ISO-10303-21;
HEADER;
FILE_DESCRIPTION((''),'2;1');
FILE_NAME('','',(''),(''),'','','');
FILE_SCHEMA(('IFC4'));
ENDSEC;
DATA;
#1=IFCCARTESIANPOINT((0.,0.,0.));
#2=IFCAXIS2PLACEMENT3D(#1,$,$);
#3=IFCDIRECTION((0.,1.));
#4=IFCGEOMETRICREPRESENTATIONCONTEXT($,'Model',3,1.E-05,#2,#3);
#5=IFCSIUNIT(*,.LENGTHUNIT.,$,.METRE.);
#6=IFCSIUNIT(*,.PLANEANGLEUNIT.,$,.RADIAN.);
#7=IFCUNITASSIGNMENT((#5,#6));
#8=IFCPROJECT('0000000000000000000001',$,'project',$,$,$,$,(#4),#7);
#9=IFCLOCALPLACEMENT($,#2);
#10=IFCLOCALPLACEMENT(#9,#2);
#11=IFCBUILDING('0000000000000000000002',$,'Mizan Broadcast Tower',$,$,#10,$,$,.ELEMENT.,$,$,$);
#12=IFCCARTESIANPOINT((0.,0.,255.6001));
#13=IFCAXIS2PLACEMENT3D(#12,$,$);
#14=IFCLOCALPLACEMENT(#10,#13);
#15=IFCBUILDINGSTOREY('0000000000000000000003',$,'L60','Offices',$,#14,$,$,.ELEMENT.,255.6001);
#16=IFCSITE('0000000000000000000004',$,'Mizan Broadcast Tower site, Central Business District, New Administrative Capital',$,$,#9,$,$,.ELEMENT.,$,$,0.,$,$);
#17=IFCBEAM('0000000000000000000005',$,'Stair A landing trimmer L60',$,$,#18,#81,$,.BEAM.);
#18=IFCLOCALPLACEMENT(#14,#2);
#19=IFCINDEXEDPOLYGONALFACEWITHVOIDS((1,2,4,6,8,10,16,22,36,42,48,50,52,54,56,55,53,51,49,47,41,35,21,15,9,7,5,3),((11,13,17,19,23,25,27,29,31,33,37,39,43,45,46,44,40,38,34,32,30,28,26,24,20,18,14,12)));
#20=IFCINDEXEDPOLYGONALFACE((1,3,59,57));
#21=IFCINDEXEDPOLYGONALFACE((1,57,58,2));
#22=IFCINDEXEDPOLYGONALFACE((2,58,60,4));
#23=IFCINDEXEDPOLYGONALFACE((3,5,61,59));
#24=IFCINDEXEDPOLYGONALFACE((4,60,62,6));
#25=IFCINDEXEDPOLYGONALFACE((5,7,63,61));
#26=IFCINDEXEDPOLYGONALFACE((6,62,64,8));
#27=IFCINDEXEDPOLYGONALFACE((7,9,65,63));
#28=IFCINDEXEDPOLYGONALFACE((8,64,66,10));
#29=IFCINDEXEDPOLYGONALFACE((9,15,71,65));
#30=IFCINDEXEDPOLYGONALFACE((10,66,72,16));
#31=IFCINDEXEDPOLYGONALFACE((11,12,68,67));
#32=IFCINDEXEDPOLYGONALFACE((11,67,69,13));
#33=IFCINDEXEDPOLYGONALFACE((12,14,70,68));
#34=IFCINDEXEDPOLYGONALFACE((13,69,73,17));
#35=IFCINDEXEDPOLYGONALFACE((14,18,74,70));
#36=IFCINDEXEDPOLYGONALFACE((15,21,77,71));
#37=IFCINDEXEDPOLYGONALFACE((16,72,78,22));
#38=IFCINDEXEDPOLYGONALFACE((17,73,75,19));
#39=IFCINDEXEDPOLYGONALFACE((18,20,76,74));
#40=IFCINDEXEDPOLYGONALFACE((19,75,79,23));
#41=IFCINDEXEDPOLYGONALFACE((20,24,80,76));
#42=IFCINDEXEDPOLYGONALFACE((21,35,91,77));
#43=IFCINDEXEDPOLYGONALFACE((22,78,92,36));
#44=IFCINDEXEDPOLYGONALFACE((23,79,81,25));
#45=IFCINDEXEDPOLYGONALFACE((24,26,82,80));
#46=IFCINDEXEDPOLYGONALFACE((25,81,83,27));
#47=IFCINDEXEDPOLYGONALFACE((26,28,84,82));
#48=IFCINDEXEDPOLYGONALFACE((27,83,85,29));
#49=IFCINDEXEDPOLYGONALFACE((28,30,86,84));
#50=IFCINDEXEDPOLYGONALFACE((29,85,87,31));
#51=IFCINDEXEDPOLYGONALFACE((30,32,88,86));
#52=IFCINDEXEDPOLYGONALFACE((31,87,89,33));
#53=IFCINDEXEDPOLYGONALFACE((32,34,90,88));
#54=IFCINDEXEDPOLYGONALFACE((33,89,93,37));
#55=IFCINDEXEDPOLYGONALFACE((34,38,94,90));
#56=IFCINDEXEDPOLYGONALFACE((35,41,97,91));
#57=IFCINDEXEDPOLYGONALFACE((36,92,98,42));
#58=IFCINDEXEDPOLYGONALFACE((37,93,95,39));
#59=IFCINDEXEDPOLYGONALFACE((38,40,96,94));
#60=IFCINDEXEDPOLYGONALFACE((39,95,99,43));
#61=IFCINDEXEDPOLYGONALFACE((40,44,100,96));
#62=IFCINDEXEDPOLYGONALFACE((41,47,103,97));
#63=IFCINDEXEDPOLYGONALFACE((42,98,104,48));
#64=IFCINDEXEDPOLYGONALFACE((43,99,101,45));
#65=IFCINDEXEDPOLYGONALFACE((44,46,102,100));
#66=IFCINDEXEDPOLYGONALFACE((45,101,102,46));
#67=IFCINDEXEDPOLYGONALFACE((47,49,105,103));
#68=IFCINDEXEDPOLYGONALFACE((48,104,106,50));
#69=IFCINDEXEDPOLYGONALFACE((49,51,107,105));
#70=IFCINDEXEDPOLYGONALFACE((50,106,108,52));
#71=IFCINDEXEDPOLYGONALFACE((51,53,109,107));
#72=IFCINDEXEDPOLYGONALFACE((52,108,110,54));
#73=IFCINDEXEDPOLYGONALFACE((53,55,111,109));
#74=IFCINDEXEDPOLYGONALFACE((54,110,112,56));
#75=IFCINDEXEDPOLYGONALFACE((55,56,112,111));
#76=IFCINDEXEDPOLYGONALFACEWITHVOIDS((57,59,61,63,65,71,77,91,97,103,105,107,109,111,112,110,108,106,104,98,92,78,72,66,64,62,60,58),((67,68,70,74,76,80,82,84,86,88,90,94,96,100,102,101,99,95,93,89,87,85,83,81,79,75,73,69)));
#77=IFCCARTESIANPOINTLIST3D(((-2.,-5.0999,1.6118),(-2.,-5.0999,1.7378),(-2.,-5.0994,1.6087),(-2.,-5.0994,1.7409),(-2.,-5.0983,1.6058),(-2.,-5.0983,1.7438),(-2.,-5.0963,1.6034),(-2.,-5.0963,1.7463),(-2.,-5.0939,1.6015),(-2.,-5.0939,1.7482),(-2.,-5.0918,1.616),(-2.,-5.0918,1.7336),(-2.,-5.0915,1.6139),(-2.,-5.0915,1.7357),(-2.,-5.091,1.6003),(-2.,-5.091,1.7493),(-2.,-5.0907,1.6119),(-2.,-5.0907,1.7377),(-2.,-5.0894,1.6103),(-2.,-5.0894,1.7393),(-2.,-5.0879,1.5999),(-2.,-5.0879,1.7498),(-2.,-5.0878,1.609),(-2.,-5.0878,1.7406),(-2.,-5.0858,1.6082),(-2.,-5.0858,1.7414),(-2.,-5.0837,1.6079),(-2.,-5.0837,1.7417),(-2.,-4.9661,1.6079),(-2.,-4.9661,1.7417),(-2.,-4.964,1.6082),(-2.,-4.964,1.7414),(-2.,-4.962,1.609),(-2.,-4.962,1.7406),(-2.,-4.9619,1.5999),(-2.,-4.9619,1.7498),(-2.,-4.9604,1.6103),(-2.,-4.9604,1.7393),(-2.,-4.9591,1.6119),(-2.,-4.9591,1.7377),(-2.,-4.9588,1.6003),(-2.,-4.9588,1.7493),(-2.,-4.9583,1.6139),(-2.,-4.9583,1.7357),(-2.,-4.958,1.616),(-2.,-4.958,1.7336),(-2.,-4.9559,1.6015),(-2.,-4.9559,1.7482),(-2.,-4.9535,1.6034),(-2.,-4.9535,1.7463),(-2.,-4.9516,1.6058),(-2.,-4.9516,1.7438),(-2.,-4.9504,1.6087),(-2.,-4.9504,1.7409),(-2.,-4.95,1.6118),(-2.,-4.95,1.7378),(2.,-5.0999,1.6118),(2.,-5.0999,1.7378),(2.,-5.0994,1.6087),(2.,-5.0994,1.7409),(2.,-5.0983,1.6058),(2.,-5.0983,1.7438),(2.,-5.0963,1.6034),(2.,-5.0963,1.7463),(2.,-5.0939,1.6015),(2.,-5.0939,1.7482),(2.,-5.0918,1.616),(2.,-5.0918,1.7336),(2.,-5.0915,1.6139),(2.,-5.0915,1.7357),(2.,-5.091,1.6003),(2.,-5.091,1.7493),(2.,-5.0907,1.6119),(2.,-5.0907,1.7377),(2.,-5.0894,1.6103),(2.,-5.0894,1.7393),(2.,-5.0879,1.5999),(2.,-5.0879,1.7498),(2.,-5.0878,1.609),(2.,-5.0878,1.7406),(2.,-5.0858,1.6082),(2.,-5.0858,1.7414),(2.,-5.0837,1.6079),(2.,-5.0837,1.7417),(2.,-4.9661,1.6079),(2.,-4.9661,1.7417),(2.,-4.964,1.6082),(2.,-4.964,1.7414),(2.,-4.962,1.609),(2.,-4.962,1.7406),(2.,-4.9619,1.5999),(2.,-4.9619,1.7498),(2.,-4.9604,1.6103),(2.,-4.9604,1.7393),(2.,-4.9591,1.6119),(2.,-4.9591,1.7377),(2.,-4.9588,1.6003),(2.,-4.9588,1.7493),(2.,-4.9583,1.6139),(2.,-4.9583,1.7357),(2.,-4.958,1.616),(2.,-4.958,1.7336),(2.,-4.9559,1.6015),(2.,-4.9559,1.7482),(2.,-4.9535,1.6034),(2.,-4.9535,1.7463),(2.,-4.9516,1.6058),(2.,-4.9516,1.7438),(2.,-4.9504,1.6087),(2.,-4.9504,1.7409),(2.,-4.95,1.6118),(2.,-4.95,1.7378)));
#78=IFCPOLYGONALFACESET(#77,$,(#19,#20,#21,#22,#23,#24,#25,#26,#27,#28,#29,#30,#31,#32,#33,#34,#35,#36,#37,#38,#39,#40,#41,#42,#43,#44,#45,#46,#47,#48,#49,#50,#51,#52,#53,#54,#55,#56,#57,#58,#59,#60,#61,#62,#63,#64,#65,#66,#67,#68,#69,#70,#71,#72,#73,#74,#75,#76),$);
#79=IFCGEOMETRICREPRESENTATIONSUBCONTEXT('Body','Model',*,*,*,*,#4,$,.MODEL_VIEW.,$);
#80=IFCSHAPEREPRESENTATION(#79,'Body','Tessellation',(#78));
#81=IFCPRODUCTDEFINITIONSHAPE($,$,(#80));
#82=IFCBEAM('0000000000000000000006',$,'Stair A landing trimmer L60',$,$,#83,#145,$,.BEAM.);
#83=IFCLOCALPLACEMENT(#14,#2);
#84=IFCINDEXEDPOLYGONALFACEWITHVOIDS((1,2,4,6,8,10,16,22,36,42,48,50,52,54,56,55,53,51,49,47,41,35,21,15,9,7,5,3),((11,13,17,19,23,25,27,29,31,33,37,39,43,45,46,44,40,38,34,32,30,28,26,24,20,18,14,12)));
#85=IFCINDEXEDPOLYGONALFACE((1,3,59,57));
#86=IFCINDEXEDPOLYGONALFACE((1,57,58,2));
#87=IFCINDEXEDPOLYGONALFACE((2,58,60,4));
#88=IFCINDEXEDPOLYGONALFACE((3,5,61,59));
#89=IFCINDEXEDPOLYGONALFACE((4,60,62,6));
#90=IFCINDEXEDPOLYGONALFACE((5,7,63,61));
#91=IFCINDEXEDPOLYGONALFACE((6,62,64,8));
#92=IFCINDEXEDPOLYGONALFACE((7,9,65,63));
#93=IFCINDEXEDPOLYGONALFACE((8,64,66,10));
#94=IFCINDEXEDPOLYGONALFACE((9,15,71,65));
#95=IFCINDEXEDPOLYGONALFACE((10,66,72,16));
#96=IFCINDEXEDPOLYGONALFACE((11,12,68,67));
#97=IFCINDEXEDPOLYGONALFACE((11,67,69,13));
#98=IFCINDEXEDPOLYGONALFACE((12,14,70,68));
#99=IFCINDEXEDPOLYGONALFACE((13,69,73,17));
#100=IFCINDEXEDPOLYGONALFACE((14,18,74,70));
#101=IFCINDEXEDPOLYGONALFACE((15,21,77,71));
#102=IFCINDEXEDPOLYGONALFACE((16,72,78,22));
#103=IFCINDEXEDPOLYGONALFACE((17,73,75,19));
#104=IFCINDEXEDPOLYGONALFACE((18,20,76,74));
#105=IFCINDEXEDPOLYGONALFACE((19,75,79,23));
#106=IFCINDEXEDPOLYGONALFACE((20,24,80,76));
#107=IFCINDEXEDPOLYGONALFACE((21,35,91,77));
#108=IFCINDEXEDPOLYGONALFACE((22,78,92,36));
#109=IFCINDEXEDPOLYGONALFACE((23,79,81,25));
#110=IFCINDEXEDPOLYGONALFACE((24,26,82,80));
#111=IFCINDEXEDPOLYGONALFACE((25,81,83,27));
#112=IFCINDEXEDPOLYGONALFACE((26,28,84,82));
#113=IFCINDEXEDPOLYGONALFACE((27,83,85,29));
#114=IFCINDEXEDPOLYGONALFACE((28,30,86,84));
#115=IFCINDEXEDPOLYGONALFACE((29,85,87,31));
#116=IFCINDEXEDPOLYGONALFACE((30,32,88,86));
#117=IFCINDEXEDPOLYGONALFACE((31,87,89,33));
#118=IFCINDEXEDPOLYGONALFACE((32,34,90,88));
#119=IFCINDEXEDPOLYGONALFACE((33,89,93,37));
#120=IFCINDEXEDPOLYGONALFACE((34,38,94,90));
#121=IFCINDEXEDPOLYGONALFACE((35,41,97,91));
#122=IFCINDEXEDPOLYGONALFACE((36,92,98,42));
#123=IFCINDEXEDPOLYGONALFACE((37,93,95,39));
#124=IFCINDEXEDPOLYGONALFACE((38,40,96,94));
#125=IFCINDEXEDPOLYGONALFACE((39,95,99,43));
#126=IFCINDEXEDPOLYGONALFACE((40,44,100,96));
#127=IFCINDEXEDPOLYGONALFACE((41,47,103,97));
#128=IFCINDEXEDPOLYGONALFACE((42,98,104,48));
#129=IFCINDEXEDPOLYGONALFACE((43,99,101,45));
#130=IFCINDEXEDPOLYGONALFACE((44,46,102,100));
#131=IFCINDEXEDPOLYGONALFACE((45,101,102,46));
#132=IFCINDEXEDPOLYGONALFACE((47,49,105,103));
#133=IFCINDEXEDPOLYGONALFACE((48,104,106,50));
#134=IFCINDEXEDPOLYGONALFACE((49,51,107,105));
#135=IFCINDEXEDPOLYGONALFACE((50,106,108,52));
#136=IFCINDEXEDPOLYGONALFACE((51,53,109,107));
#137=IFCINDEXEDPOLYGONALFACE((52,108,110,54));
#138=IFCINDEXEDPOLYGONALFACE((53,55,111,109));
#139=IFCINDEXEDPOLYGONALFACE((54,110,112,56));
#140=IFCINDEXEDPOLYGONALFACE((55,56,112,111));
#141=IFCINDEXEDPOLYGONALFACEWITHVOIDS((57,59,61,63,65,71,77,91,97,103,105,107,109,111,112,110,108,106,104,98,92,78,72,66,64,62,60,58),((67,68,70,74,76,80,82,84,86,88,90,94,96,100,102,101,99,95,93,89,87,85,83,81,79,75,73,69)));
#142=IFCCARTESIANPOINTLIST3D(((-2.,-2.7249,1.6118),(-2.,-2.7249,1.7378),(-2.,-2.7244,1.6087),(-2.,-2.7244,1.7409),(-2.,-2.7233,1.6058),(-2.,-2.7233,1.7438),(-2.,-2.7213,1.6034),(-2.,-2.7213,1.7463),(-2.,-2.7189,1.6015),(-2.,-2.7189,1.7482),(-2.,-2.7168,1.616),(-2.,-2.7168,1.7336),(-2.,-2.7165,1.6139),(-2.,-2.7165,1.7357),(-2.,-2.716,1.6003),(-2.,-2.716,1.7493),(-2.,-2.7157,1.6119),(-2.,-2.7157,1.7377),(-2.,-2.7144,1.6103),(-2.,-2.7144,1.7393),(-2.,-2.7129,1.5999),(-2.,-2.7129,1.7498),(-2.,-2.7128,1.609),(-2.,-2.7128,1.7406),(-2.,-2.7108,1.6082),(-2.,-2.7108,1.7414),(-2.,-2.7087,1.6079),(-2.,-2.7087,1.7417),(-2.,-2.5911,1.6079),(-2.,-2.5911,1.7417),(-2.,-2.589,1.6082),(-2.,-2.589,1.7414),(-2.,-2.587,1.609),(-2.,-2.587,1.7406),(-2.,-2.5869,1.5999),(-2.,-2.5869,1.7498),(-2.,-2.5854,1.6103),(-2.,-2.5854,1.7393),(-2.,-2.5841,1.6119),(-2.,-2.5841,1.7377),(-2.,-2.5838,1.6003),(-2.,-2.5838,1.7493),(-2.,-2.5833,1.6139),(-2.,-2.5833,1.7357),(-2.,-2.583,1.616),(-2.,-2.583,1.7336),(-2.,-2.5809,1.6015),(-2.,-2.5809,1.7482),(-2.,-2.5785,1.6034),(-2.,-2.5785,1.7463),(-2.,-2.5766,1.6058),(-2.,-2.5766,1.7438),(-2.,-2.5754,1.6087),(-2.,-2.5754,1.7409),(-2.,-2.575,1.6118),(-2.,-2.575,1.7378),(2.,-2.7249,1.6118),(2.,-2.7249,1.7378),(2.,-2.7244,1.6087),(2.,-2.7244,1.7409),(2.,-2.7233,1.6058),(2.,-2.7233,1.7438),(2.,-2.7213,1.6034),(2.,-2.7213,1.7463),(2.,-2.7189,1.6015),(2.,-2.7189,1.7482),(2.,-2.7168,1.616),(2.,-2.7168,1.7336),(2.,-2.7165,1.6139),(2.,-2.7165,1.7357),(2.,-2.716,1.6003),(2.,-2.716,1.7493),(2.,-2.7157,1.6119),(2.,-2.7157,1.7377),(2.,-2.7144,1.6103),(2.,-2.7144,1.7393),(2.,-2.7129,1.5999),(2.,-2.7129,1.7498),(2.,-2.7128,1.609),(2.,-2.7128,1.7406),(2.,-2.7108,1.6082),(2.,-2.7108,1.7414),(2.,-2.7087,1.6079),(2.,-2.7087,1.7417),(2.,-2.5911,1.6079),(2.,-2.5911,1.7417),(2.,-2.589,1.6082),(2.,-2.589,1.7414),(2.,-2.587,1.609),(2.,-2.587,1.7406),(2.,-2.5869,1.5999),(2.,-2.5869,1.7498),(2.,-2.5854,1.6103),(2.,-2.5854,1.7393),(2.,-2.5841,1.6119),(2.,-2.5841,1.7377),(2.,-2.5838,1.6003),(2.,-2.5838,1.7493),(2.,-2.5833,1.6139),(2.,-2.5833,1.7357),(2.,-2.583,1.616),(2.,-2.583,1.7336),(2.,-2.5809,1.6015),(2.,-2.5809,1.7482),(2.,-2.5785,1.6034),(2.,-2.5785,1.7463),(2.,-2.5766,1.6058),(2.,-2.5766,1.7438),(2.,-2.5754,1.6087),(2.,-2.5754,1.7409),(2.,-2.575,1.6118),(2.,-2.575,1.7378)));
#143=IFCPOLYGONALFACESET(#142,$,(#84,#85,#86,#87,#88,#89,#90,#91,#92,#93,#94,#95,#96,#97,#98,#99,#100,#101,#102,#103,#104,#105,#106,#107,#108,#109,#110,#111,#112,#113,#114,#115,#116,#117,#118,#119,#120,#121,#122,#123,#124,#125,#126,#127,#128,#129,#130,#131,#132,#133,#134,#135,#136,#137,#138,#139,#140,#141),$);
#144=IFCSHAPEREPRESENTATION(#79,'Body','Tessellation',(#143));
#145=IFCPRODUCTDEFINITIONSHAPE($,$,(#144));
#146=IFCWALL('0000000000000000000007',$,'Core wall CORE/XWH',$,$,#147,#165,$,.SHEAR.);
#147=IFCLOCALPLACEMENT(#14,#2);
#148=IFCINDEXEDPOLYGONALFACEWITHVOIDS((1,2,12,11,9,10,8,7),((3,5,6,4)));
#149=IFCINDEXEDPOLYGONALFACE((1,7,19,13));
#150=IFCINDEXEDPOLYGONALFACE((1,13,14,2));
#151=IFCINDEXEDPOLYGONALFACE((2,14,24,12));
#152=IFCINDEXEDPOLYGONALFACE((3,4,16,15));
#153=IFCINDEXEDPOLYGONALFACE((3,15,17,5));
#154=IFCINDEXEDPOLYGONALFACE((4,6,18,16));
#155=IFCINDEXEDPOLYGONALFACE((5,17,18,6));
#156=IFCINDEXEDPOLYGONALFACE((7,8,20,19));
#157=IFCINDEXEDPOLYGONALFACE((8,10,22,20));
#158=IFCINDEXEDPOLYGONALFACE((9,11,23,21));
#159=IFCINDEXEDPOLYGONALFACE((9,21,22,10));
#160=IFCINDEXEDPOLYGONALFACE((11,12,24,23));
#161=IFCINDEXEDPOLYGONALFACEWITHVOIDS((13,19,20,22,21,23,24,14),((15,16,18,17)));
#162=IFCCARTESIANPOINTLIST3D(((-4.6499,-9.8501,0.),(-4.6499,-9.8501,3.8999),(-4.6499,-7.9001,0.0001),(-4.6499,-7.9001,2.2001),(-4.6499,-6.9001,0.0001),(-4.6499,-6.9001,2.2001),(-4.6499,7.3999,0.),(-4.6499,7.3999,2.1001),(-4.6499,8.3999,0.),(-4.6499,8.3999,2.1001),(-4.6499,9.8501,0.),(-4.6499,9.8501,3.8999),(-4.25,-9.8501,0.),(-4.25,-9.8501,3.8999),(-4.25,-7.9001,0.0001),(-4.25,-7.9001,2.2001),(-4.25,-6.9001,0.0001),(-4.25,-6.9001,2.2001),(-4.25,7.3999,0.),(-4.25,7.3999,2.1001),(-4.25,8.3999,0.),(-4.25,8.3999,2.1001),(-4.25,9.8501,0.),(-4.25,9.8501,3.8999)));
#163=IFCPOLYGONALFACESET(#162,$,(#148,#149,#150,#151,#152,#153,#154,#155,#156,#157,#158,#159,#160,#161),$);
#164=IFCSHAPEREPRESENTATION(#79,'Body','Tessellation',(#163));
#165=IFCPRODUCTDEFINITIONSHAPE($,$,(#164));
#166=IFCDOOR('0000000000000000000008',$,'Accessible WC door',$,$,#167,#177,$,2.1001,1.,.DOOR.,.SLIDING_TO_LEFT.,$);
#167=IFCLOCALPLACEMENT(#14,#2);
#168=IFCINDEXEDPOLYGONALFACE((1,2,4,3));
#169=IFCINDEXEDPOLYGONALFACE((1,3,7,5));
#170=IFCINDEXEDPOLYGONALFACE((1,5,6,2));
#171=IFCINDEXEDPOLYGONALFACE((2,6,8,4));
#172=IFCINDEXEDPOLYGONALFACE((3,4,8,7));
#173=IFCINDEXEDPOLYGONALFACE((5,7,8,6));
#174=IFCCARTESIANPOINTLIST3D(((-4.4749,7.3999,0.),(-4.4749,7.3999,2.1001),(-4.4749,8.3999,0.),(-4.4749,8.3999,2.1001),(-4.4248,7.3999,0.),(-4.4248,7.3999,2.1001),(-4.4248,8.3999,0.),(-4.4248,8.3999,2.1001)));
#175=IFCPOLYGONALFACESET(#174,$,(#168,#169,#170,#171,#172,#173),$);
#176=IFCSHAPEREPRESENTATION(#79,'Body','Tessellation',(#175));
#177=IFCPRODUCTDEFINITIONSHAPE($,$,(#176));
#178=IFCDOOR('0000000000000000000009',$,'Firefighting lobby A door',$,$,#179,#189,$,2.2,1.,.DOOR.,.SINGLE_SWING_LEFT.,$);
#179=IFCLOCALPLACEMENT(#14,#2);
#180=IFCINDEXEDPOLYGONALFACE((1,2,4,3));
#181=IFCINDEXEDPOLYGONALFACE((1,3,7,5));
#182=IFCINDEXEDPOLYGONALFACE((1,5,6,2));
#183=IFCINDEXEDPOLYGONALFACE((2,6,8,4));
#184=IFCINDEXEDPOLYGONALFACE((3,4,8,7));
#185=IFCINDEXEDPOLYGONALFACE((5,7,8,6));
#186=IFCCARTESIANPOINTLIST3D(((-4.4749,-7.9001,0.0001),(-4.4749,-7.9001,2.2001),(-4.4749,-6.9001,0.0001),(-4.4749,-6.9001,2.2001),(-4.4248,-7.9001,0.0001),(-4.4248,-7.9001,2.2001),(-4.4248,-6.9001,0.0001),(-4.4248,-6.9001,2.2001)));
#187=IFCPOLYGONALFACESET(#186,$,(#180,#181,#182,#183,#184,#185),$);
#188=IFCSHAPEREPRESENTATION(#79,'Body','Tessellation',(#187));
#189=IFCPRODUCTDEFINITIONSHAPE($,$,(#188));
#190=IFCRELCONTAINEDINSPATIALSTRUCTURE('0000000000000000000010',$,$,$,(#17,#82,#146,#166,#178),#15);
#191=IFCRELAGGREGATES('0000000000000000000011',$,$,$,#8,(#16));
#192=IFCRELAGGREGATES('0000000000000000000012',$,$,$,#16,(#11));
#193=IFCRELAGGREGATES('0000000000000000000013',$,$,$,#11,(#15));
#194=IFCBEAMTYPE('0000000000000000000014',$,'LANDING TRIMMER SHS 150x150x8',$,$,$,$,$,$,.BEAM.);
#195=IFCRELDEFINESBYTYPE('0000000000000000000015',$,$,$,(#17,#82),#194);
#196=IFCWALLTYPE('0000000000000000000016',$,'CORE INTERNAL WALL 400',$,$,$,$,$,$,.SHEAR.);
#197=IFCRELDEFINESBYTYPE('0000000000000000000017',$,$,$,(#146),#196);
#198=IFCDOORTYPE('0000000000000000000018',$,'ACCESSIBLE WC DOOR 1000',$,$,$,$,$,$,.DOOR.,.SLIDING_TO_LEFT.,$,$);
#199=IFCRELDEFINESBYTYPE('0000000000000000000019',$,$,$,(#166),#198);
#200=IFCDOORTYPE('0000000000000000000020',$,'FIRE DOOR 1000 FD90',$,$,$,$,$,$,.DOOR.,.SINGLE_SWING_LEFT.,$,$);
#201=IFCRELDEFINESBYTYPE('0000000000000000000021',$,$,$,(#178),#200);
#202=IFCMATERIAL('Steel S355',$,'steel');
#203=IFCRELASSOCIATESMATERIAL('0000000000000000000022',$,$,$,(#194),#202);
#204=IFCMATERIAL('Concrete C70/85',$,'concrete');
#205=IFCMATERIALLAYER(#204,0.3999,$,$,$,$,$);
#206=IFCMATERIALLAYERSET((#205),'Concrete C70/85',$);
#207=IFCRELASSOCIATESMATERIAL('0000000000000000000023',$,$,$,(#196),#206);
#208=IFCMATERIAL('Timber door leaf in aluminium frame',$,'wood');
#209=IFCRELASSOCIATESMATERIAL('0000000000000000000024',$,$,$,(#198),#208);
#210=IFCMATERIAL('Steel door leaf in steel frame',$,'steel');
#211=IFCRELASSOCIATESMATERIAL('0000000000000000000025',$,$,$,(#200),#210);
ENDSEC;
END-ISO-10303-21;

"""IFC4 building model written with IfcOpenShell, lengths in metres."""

from ifc_helpers import new_model, si_unit, direction, frame, frame_2d, origin, origin_2d, place, context, subcontext, project, spatial, rectangle, hollow_rectangle, extrude, material, layer, layer_set, material_profile, profile_set, type_object, element, fill, save


model = new_model("IFC4")

# Units and contexts
model_context = context("Model", 3, precision=1e-05, world=origin(), true_north=direction((0.0, 1.0)))
body_context = subcontext(model_context, "Body", "Model", "MODEL_VIEW")
ifc_project = project(units=[si_unit("LENGTHUNIT", "METRE"), si_unit("PLANEANGLEUNIT", "RADIAN")], contexts=[model_context])

# Site, building, storey
site_placement = place(None, origin())
site = spatial("IfcSite", under=ifc_project, at=site_placement, Name="Mizan Broadcast Tower site, Central Business District, New Administrative Capital", CompositionType="ELEMENT", RefElevation=0.0)
building_placement = place(site_placement, origin())
building = spatial("IfcBuilding", under=site, at=building_placement, Name="Mizan Broadcast Tower", CompositionType="ELEMENT")
storey_placement = place(building_placement, frame((0.0, 0.0, 255.6001)))
storey = spatial("IfcBuildingStorey", under=building, at=storey_placement, Name="L60", Description="Offices", CompositionType="ELEMENT", Elevation=255.6001)

# Beams
ifc_material_1 = material(Name="Steel S355", Category="steel")
ifc_material_profile = material_profile(ifc_material_1, hollow_rectangle(XDim=0.1499, YDim=0.1499, WallThickness=0.0081, InnerFilletRadius=0.0081, OuterFilletRadius=0.012, at=origin_2d()), Name="SHS 150x150x8")
ifc_profile_set = profile_set([ifc_material_profile], Name="Steel S355")
beam_type = type_object("IfcBeamType", Name="LANDING TRIMMER SHS 150x150x8", PredefinedType="BEAM", material=ifc_profile_set)
for number, where, z_axis, x_axis, name in (
    (1, (-2.0, -5.0249, 1.6748), (1.0, 0.0, 0.0), (0.0, 1.0, 0.0), "Stair A landing trimmer L60"),
    (2, (-2.0, -2.6499, 1.6748), (1.0, 0.0, 0.0), (0.0, 1.0, 0.0), "Stair A landing trimmer L60"),
):
    element("IfcBeam", number, at=place(storey_placement, frame(where, z_axis=z_axis, x_axis=x_axis)), inside=storey, type_object=beam_type, Name=name, PredefinedType="BEAM", context=body_context, shape_type="SweptSolid", body=[
        extrude(hollow_rectangle(XDim=0.1499, YDim=0.1499, WallThickness=0.0081, InnerFilletRadius=0.0081, OuterFilletRadius=0.012, at=origin_2d()), origin(), (0.0, 0.0, 1.0), 4.0),
    ])

# Wall, openings, doors
ifc_material_2 = material(Name="Concrete C70/85", Category="concrete")
ifc_layer_1 = layer(ifc_material_2, 0.3999)
ifc_layer_set_1 = layer_set([ifc_layer_1], Name="Concrete C70/85")
wall_type_1 = type_object("IfcWallType", Name="CORE INTERNAL WALL 400", PredefinedType="SHEAR", material=ifc_layer_set_1)
wall_1_placement = place(storey_placement, frame((-4.45, -9.8501, 0.0), z_axis=(0.0, 0.0, 1.0), x_axis=(0.0, 1.0, 0.0)))
wall_1 = element("IfcWall", 3, at=wall_1_placement, inside=storey, type_object=wall_type_1, Name="Core wall CORE/XWH", PredefinedType="SHEAR", context=body_context, shape_type="SweptSolid", body=[
    extrude(rectangle(XDim=19.7002, YDim=0.3999, at=frame_2d((9.8501, 0.0))), origin(), (0.0, 0.0, 1.0), 3.8999),
])
opening_1_placement = place(wall_1_placement, frame((1.95, 0.0, 0.0)))
opening_1 = element("IfcOpeningElement", 4, at=opening_1_placement, cuts=wall_1, PredefinedType="OPENING", context=body_context, shape_type="SweptSolid", body=[
    extrude(rectangle(XDim=1.0, YDim=2.2, at=frame_2d((0.5, 1.1001))), frame((0.0, 0.21, 0.0), z_axis=(0.0, -1.0, 0.0), x_axis=(1.0, 0.0, 0.0)), (0.0, 0.0, 1.0), 0.4199),
])
opening_2_placement = place(wall_1_placement, frame((17.25, 0.0, 0.0)))
opening_2 = element("IfcOpeningElement", 5, at=opening_2_placement, cuts=wall_1, PredefinedType="OPENING", context=body_context, shape_type="SweptSolid", body=[
    extrude(rectangle(XDim=1.0, YDim=2.1001, at=frame_2d((0.5, 1.05))), frame((0.0, 0.21, 0.0), z_axis=(0.0, -1.0, 0.0), x_axis=(1.0, 0.0, 0.0)), (0.0, 0.0, 1.0), 0.4199),
])
ifc_material_3 = material(Name="Timber door leaf in aluminium frame", Category="wood")
door_type_1 = type_object("IfcDoorType", Name="ACCESSIBLE WC DOOR 1000", OperationType="SLIDING_TO_LEFT", PredefinedType="DOOR", material=ifc_material_3)
door_1_placement = place(opening_2_placement, origin())
door_1 = element("IfcDoor", 6, at=door_1_placement, inside=storey, type_object=door_type_1, Name="Accessible WC door", OperationType="SLIDING_TO_LEFT", OverallHeight=2.1001, OverallWidth=1.0, PredefinedType="DOOR", context=body_context, shape_type="SweptSolid", body=[
    extrude(rectangle(XDim=1.0, YDim=2.1001, at=frame_2d((0.5, 1.05))), frame((0.0, 0.0249, 0.0), z_axis=(0.0, -1.0, 0.0), x_axis=(1.0, 0.0, 0.0)), (0.0, 0.0, 1.0), 0.05),
])
fill(opening_2, door_1)
ifc_material_4 = material(Name="Steel door leaf in steel frame", Category="steel")
door_type_2 = type_object("IfcDoorType", Name="FIRE DOOR 1000 FD90", OperationType="SINGLE_SWING_LEFT", PredefinedType="DOOR", material=ifc_material_4)
door_2_placement = place(opening_1_placement, origin())
door_2 = element("IfcDoor", 7, at=door_2_placement, inside=storey, type_object=door_type_2, Name="Firefighting lobby A door", OperationType="SINGLE_SWING_LEFT", OverallHeight=2.2, OverallWidth=1.0, PredefinedType="DOOR", context=body_context, shape_type="SweptSolid", body=[
    extrude(rectangle(XDim=1.0, YDim=2.2, at=frame_2d((0.5, 1.1001))), frame((0.0, 0.0249, 0.0), z_axis=(0.0, -1.0, 0.0), x_axis=(1.0, 0.0, 0.0)), (0.0, 0.0, 1.0), 0.05),
])
fill(opening_1, door_2)

save(model, "model.ifc")
